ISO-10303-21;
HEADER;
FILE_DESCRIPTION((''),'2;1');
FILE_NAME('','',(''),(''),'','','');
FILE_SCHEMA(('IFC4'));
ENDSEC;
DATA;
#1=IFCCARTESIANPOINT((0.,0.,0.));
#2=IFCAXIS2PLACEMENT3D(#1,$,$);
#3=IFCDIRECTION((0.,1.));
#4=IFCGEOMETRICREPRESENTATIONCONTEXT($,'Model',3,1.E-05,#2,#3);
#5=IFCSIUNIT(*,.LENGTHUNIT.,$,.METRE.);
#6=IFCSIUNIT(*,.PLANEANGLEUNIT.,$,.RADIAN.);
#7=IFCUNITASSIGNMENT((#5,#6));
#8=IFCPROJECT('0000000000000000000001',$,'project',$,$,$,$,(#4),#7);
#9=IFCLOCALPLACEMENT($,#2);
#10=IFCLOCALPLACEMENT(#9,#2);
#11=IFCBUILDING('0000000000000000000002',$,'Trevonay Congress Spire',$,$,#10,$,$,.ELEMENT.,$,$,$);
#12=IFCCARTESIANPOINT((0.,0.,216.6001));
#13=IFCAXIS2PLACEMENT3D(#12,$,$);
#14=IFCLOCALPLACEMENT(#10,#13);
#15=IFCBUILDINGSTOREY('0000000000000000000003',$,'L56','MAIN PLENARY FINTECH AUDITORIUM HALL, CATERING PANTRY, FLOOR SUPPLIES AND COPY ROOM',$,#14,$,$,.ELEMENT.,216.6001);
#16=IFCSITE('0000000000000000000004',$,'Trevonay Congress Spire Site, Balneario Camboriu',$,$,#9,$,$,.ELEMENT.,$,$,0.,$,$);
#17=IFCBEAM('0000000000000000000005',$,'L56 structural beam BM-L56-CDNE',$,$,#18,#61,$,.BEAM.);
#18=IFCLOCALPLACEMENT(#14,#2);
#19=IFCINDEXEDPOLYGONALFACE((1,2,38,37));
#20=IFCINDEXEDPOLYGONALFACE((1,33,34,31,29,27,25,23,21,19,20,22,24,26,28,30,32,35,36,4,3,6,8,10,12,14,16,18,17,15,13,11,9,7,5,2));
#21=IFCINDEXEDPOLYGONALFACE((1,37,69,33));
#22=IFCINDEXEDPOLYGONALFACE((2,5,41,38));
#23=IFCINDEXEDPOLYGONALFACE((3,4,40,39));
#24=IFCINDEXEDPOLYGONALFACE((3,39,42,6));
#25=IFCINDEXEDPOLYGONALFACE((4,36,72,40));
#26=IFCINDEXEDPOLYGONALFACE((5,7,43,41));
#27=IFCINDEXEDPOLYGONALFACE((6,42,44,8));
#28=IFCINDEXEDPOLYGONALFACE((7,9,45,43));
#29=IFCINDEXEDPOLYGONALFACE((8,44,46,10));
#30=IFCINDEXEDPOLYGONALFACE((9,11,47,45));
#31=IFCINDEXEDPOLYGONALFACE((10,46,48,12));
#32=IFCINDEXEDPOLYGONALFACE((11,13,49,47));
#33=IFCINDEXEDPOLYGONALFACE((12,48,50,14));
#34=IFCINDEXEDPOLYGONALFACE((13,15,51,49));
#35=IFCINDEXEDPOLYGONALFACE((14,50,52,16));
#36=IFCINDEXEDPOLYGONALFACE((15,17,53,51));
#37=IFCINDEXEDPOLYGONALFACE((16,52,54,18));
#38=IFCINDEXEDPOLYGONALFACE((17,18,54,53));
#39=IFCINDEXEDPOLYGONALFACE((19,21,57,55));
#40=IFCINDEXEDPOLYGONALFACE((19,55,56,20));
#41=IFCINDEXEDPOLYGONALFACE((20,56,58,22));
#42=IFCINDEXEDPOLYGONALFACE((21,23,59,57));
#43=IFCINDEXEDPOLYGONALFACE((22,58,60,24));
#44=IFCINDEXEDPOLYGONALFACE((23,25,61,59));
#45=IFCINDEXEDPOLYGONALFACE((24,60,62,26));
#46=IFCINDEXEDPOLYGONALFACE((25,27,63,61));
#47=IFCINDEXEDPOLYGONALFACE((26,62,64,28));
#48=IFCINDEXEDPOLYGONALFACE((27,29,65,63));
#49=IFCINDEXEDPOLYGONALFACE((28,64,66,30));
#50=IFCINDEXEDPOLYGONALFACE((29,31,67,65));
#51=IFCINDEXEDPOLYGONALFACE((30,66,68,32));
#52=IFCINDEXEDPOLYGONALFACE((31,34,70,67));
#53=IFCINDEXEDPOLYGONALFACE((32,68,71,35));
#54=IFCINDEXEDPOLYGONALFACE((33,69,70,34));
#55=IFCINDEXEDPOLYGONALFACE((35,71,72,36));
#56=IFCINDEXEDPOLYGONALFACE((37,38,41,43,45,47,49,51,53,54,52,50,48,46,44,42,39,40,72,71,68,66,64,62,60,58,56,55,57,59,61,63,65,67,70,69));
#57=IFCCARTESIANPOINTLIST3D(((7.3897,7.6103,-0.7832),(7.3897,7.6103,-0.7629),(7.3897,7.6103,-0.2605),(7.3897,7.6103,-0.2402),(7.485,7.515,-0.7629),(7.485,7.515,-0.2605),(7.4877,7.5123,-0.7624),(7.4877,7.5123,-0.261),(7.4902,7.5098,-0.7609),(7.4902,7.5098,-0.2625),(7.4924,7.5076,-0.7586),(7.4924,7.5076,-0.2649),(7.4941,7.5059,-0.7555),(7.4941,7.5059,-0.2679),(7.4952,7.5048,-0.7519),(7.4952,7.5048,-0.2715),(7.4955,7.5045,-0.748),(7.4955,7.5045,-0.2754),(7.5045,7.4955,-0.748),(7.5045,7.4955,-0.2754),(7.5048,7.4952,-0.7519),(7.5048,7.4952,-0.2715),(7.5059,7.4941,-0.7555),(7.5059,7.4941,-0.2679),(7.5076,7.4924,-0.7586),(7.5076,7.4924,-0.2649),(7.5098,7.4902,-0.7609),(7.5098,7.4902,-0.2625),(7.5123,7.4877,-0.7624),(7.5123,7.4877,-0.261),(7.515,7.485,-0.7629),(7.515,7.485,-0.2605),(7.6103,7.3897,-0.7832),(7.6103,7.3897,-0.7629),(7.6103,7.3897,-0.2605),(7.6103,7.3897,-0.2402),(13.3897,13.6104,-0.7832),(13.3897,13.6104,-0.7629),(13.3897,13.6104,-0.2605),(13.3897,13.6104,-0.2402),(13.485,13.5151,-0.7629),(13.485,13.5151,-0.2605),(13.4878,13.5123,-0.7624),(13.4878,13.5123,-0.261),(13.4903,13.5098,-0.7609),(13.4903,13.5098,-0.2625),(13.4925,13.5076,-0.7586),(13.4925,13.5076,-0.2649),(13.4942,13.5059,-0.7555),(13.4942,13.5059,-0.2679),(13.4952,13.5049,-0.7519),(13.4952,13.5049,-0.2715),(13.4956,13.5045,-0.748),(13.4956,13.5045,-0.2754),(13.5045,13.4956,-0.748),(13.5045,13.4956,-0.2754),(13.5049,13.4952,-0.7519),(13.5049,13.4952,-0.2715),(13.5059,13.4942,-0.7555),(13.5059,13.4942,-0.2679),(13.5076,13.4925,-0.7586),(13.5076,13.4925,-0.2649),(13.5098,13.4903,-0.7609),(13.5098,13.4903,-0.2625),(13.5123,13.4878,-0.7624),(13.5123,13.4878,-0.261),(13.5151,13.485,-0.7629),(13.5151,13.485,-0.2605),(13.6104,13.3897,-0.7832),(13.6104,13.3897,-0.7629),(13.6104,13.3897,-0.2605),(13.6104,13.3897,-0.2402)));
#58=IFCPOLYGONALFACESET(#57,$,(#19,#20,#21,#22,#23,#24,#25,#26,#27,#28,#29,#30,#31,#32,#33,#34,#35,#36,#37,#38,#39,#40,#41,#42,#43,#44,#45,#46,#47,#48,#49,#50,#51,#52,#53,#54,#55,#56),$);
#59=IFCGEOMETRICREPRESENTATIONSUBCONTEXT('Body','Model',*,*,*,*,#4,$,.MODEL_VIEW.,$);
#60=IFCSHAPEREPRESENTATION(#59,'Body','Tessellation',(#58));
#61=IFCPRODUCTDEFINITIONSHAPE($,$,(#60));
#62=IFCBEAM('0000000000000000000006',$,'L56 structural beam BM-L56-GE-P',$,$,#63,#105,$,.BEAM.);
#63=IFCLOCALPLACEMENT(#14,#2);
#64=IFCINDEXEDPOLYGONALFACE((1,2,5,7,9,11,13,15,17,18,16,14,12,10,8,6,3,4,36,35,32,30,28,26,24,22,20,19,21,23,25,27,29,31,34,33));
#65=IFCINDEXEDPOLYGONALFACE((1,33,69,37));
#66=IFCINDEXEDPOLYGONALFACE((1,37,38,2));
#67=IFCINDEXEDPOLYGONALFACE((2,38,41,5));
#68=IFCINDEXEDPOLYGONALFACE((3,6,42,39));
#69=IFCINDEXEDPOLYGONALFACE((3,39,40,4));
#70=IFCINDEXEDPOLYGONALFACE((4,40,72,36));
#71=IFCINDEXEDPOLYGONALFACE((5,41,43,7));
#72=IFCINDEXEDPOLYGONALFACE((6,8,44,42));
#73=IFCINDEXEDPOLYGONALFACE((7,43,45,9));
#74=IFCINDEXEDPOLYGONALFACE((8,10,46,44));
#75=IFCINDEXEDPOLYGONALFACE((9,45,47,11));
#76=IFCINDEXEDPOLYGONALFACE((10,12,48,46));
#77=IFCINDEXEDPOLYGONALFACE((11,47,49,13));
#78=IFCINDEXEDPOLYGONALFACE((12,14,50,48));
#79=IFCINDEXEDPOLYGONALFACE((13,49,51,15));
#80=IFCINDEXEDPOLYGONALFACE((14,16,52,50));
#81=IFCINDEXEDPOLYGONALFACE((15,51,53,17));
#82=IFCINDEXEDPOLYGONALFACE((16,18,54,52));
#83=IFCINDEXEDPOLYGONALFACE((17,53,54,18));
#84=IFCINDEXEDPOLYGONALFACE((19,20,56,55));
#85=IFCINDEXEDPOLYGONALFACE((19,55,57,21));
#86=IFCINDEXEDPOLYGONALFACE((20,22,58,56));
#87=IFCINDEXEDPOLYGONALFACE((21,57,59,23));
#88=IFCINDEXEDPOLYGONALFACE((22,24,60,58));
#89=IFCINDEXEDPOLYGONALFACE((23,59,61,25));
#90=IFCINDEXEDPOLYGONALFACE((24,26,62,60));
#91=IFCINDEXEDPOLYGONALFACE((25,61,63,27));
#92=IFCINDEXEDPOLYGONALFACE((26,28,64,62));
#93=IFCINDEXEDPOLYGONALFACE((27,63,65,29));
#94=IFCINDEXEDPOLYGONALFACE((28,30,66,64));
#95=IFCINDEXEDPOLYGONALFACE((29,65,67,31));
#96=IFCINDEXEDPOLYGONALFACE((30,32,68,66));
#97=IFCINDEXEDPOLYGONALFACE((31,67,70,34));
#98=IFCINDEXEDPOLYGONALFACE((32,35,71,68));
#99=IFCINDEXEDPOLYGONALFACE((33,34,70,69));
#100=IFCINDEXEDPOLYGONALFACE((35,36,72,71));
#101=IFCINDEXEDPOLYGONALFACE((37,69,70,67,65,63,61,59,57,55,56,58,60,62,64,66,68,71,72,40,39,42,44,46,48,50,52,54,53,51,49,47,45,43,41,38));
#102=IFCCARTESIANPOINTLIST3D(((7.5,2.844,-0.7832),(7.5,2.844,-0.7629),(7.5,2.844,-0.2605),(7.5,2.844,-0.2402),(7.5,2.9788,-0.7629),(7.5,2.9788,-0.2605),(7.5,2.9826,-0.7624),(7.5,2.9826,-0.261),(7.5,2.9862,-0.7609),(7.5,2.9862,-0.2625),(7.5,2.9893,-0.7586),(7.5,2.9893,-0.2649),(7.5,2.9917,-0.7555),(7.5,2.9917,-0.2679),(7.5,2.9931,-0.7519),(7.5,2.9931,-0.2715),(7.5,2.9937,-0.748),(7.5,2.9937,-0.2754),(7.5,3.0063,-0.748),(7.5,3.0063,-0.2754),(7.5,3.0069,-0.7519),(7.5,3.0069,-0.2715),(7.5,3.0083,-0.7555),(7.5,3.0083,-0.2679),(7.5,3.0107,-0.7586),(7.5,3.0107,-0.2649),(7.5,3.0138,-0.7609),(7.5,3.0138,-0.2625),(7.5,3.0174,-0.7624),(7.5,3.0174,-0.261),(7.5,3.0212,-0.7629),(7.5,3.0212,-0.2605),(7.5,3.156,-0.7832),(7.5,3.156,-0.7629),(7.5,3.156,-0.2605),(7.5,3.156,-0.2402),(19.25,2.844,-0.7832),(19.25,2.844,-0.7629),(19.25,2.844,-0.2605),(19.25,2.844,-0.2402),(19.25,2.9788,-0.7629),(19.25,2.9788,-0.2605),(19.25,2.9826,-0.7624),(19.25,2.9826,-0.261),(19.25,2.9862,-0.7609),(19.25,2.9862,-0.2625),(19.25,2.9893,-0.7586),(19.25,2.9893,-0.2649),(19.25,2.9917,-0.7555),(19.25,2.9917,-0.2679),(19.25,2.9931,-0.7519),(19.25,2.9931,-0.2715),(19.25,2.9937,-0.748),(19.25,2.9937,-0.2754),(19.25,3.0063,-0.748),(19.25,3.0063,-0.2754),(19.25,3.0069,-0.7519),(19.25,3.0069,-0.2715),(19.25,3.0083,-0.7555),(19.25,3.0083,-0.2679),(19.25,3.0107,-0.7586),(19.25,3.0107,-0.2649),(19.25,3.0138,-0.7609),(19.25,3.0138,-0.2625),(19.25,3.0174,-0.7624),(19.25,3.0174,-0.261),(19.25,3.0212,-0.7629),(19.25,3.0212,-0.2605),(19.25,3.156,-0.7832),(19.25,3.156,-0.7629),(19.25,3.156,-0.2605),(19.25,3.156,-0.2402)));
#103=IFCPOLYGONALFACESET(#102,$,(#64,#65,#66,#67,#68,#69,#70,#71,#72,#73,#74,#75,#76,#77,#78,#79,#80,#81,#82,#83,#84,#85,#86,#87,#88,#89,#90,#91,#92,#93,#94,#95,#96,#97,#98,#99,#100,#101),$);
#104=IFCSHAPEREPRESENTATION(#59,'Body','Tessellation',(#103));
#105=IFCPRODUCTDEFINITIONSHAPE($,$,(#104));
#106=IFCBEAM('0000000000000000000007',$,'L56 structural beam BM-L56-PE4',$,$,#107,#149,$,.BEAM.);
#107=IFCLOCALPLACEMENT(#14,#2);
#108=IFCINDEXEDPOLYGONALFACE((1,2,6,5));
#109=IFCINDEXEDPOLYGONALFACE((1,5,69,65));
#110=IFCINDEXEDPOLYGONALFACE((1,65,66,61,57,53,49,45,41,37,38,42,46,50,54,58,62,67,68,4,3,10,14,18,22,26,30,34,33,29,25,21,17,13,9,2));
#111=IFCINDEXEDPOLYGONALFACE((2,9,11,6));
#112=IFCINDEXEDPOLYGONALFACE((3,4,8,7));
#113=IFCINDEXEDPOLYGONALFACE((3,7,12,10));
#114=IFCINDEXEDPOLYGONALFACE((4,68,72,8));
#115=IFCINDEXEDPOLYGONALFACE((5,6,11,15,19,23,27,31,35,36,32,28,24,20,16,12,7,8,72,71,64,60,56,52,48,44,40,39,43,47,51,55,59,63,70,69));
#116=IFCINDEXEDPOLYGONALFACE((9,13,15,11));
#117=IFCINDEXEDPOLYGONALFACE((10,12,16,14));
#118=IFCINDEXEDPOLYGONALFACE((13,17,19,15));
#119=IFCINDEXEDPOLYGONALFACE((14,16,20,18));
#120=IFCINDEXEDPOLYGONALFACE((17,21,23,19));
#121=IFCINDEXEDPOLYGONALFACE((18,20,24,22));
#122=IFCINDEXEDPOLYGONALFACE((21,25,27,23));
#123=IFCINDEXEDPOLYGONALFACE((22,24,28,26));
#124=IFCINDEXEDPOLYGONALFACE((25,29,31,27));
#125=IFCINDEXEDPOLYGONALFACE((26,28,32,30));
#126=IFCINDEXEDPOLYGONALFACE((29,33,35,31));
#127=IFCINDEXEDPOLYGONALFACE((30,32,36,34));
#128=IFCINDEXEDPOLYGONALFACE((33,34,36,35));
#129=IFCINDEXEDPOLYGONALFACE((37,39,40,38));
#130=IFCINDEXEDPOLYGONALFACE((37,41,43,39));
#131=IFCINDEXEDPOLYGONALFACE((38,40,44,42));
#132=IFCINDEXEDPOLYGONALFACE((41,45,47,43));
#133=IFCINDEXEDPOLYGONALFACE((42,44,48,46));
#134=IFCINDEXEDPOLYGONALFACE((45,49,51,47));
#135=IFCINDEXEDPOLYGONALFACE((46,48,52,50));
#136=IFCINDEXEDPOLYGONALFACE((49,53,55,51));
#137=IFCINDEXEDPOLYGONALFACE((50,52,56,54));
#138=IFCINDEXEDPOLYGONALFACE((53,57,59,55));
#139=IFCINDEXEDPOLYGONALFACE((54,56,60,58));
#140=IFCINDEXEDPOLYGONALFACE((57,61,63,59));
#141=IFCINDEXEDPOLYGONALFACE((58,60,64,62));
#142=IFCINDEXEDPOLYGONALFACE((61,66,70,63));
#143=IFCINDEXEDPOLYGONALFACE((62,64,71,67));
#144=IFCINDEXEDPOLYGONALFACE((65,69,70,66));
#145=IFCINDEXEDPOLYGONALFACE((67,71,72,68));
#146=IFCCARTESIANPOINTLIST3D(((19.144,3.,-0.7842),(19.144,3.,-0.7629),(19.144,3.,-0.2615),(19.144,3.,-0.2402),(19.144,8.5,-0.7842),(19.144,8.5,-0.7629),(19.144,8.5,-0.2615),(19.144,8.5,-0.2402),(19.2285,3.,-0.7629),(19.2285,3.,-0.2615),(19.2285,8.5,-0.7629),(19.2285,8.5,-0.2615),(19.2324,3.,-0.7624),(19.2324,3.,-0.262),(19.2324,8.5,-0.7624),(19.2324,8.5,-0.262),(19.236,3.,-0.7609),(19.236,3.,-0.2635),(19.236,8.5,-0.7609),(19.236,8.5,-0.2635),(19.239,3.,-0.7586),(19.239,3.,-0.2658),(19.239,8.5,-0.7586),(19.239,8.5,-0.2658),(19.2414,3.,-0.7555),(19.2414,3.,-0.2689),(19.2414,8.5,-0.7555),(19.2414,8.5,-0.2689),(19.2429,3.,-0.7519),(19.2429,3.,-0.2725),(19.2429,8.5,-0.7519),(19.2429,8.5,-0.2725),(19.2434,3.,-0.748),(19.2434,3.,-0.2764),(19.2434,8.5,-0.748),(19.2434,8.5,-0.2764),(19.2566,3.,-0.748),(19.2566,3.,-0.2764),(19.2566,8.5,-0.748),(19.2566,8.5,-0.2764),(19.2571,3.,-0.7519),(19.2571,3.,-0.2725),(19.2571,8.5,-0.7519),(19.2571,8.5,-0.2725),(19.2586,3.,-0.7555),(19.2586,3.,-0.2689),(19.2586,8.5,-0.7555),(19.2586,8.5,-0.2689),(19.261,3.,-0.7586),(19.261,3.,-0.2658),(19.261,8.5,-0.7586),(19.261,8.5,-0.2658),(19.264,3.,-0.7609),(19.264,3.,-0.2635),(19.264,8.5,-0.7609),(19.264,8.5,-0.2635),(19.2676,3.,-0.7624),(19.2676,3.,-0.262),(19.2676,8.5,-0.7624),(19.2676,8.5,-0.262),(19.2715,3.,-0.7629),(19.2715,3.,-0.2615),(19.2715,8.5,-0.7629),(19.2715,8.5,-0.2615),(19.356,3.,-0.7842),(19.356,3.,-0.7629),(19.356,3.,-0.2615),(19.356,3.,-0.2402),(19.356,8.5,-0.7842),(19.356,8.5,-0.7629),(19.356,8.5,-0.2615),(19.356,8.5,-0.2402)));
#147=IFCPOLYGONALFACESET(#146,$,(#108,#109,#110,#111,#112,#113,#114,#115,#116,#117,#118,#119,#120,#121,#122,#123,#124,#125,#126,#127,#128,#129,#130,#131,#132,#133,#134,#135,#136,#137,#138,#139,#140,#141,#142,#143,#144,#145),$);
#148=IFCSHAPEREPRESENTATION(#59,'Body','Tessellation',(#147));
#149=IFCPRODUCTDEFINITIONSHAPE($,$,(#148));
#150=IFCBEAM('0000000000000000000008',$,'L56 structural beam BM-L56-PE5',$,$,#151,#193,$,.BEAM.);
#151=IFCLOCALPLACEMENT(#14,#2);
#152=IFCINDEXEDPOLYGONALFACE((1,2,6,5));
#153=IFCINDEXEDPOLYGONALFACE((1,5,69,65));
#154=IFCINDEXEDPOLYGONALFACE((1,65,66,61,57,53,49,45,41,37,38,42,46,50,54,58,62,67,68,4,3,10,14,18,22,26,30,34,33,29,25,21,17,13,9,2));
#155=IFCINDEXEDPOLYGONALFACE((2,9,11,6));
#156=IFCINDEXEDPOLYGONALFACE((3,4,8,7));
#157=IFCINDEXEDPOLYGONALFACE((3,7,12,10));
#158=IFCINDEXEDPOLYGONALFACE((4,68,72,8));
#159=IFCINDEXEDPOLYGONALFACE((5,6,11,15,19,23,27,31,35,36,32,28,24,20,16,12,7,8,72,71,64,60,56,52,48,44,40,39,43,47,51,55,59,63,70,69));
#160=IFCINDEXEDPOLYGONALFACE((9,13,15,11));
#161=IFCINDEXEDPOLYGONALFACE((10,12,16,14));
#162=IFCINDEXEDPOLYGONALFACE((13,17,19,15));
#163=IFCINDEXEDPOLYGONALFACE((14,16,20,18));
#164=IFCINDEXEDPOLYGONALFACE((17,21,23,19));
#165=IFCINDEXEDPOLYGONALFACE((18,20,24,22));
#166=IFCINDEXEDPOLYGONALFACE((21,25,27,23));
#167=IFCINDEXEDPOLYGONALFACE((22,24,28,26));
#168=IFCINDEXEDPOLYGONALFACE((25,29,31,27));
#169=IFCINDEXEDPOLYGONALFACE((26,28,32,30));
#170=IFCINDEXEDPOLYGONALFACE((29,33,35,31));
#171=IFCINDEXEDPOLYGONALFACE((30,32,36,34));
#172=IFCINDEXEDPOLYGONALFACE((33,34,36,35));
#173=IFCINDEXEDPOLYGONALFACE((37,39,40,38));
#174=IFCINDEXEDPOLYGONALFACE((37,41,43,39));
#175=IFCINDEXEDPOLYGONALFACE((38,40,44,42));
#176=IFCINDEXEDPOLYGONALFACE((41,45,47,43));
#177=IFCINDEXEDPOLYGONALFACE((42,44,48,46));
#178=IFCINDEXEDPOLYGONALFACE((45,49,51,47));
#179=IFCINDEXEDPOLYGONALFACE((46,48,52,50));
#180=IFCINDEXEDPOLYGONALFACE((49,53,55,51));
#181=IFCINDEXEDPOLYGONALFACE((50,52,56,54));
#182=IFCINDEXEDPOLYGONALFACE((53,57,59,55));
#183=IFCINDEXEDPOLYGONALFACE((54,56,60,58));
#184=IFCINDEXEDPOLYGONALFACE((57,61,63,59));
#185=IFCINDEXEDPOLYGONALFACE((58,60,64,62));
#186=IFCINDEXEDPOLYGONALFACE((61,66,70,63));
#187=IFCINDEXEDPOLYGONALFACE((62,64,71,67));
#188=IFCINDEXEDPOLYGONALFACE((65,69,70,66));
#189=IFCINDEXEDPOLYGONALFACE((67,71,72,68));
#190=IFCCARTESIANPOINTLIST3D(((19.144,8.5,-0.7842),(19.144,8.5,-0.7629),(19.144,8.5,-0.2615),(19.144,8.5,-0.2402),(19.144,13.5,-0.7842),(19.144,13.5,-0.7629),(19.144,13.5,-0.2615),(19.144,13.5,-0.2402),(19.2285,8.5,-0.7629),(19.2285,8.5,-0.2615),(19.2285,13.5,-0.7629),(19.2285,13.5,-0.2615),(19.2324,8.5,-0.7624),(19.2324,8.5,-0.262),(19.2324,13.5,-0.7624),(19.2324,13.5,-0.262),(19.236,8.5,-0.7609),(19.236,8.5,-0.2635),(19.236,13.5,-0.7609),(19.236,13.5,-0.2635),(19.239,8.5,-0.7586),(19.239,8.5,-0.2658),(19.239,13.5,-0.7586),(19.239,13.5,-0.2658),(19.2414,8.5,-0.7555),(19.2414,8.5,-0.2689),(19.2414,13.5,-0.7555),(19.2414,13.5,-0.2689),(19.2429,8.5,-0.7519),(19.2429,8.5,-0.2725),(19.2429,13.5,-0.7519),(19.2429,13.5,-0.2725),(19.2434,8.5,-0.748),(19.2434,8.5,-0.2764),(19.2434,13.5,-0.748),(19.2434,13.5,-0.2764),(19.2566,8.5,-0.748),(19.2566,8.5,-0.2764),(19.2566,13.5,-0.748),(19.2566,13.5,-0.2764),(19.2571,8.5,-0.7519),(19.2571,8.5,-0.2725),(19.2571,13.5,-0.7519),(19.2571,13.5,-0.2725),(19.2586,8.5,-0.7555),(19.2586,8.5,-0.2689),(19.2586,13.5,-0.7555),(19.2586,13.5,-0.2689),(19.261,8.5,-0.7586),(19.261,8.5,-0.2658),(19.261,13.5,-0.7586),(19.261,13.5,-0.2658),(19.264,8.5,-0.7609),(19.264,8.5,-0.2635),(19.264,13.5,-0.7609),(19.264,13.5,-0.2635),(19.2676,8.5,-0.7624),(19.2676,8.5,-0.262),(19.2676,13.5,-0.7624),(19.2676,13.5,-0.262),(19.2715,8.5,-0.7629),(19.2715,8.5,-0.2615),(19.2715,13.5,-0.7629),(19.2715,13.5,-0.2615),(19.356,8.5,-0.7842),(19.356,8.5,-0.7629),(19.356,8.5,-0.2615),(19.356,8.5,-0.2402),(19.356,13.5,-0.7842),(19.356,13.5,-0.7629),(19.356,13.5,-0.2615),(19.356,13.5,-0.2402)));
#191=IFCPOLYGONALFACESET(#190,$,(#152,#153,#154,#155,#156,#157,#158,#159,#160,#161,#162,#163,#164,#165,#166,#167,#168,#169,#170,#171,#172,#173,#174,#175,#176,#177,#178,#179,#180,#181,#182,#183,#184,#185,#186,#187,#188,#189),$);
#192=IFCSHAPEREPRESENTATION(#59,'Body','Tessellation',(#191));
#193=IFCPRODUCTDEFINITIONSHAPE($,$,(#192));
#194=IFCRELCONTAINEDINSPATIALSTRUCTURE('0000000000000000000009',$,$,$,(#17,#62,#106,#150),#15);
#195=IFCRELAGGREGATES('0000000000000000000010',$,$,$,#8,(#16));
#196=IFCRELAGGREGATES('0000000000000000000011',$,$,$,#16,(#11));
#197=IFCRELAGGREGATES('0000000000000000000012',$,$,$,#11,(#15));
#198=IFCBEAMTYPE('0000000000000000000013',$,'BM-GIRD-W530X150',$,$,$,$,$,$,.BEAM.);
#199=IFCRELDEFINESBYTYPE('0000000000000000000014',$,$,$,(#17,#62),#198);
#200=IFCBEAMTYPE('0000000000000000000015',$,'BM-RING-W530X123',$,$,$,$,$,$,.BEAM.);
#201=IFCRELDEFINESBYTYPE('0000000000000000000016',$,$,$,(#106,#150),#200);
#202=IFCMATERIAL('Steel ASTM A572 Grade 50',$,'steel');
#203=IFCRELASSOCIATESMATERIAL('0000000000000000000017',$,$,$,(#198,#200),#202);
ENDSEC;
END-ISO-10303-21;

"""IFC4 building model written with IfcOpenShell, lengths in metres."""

from ifc_helpers import new_model, si_unit, direction, frame, origin, origin_2d, place, context, subcontext, project, spatial, i_section, extrude, material, material_profile, profile_set, type_object, element, save


model = new_model("IFC4")

# Units and contexts
model_context = context("Model", 3, precision=1e-05, world=origin(), true_north=direction((0.0, 1.0)))
body_context = subcontext(model_context, "Body", "Model", "MODEL_VIEW")
ifc_project = project(units=[si_unit("LENGTHUNIT", "METRE"), si_unit("PLANEANGLEUNIT", "RADIAN")], contexts=[model_context])

# Site, building, storey
site_placement = place(None, origin())
site = spatial("IfcSite", under=ifc_project, at=site_placement, Name="Trevonay Congress Spire Site, Balneario Camboriu", CompositionType="ELEMENT", RefElevation=0.0)
building_placement = place(site_placement, origin())
building = spatial("IfcBuilding", under=site, at=building_placement, Name="Trevonay Congress Spire", CompositionType="ELEMENT")
storey_placement = place(building_placement, frame((0.0, 0.0, 216.6001)))
storey = spatial("IfcBuildingStorey", under=building, at=storey_placement, Name="L56", Description="MAIN PLENARY FINTECH AUDITORIUM HALL, CATERING PANTRY, FLOOR SUPPLIES AND COPY ROOM", CompositionType="ELEMENT", Elevation=216.6001)

# Shared definitions
ifc_material_1 = material(Name="Steel ASTM A572 Grade 50", Category="steel")

# Beams
ifc_material_profile_1 = material_profile(ifc_material_1, i_section(OverallWidth=0.312, OverallDepth=0.543, WebThickness=0.0127, FlangeThickness=0.0203, FilletRadius=0.0149, at=origin_2d()), Name="W530x150")
ifc_profile_set_1 = profile_set([ifc_material_profile_1], Name="Steel ASTM A572 Grade 50")
beam_type_1 = type_object("IfcBeamType", Name="BM-GIRD-W530X150", PredefinedType="BEAM", material=ifc_profile_set_1)
beam_1_placement = place(storey_placement, frame((7.5, 7.5, -0.5117), z_axis=(0.707107, 0.707107, 0.0), x_axis=(-0.707107, 0.707107, 0.0)))
element("IfcBeam", 1, at=beam_1_placement, inside=storey, type_object=beam_type_1, Name="L56 structural beam BM-L56-CDNE", PredefinedType="BEAM", context=body_context, shape_type="SweptSolid", body=[
    extrude(i_section(OverallWidth=0.312, OverallDepth=0.543, WebThickness=0.0127, FlangeThickness=0.0203, FilletRadius=0.0149, at=origin_2d()), origin(), (0.0, 0.0, 1.0), 8.4854),
])
beam_2_placement = place(storey_placement, frame((7.5, 3.0, -0.5117), z_axis=(1.0, 0.0, 0.0), x_axis=(0.0, 1.0, 0.0)))
element("IfcBeam", 2, at=beam_2_placement, inside=storey, type_object=beam_type_1, Name="L56 structural beam BM-L56-GE-P", PredefinedType="BEAM", context=body_context, shape_type="SweptSolid", body=[
    extrude(i_section(OverallWidth=0.312, OverallDepth=0.543, WebThickness=0.0127, FlangeThickness=0.0203, FilletRadius=0.0149, at=origin_2d()), origin(), (0.0, 0.0, 1.0), 11.75),
])
ifc_material_profile_2 = material_profile(ifc_material_1, i_section(OverallWidth=0.2119, OverallDepth=0.5439, WebThickness=0.0132, FlangeThickness=0.0212, FilletRadius=0.0149, at=origin_2d()), Name="W530x123")
ifc_profile_set_2 = profile_set([ifc_material_profile_2], Name="Steel ASTM A572 Grade 50")
beam_type_2 = type_object("IfcBeamType", Name="BM-RING-W530X123", PredefinedType="BEAM", material=ifc_profile_set_2)
beam_3_placement = place(storey_placement, frame((19.25, 3.0, -0.5122), z_axis=(0.0, 1.0, 0.0), x_axis=(-1.0, 0.0, 0.0)))
element("IfcBeam", 3, at=beam_3_placement, inside=storey, type_object=beam_type_2, Name="L56 structural beam BM-L56-PE4", PredefinedType="BEAM", context=body_context, shape_type="SweptSolid", body=[
    extrude(i_section(OverallWidth=0.2119, OverallDepth=0.5439, WebThickness=0.0132, FlangeThickness=0.0212, FilletRadius=0.0149, at=origin_2d()), origin(), (0.0, 0.0, 1.0), 5.5),
])
beam_4_placement = place(storey_placement, frame((19.25, 8.5, -0.5122), z_axis=(0.0, 1.0, 0.0), x_axis=(-1.0, 0.0, 0.0)))
element("IfcBeam", 4, at=beam_4_placement, inside=storey, type_object=beam_type_2, Name="L56 structural beam BM-L56-PE5", PredefinedType="BEAM", context=body_context, shape_type="SweptSolid", body=[
    extrude(i_section(OverallWidth=0.2119, OverallDepth=0.5439, WebThickness=0.0132, FlangeThickness=0.0212, FilletRadius=0.0149, at=origin_2d()), origin(), (0.0, 0.0, 1.0), 5.0),
])

save(model, "model.ifc")
